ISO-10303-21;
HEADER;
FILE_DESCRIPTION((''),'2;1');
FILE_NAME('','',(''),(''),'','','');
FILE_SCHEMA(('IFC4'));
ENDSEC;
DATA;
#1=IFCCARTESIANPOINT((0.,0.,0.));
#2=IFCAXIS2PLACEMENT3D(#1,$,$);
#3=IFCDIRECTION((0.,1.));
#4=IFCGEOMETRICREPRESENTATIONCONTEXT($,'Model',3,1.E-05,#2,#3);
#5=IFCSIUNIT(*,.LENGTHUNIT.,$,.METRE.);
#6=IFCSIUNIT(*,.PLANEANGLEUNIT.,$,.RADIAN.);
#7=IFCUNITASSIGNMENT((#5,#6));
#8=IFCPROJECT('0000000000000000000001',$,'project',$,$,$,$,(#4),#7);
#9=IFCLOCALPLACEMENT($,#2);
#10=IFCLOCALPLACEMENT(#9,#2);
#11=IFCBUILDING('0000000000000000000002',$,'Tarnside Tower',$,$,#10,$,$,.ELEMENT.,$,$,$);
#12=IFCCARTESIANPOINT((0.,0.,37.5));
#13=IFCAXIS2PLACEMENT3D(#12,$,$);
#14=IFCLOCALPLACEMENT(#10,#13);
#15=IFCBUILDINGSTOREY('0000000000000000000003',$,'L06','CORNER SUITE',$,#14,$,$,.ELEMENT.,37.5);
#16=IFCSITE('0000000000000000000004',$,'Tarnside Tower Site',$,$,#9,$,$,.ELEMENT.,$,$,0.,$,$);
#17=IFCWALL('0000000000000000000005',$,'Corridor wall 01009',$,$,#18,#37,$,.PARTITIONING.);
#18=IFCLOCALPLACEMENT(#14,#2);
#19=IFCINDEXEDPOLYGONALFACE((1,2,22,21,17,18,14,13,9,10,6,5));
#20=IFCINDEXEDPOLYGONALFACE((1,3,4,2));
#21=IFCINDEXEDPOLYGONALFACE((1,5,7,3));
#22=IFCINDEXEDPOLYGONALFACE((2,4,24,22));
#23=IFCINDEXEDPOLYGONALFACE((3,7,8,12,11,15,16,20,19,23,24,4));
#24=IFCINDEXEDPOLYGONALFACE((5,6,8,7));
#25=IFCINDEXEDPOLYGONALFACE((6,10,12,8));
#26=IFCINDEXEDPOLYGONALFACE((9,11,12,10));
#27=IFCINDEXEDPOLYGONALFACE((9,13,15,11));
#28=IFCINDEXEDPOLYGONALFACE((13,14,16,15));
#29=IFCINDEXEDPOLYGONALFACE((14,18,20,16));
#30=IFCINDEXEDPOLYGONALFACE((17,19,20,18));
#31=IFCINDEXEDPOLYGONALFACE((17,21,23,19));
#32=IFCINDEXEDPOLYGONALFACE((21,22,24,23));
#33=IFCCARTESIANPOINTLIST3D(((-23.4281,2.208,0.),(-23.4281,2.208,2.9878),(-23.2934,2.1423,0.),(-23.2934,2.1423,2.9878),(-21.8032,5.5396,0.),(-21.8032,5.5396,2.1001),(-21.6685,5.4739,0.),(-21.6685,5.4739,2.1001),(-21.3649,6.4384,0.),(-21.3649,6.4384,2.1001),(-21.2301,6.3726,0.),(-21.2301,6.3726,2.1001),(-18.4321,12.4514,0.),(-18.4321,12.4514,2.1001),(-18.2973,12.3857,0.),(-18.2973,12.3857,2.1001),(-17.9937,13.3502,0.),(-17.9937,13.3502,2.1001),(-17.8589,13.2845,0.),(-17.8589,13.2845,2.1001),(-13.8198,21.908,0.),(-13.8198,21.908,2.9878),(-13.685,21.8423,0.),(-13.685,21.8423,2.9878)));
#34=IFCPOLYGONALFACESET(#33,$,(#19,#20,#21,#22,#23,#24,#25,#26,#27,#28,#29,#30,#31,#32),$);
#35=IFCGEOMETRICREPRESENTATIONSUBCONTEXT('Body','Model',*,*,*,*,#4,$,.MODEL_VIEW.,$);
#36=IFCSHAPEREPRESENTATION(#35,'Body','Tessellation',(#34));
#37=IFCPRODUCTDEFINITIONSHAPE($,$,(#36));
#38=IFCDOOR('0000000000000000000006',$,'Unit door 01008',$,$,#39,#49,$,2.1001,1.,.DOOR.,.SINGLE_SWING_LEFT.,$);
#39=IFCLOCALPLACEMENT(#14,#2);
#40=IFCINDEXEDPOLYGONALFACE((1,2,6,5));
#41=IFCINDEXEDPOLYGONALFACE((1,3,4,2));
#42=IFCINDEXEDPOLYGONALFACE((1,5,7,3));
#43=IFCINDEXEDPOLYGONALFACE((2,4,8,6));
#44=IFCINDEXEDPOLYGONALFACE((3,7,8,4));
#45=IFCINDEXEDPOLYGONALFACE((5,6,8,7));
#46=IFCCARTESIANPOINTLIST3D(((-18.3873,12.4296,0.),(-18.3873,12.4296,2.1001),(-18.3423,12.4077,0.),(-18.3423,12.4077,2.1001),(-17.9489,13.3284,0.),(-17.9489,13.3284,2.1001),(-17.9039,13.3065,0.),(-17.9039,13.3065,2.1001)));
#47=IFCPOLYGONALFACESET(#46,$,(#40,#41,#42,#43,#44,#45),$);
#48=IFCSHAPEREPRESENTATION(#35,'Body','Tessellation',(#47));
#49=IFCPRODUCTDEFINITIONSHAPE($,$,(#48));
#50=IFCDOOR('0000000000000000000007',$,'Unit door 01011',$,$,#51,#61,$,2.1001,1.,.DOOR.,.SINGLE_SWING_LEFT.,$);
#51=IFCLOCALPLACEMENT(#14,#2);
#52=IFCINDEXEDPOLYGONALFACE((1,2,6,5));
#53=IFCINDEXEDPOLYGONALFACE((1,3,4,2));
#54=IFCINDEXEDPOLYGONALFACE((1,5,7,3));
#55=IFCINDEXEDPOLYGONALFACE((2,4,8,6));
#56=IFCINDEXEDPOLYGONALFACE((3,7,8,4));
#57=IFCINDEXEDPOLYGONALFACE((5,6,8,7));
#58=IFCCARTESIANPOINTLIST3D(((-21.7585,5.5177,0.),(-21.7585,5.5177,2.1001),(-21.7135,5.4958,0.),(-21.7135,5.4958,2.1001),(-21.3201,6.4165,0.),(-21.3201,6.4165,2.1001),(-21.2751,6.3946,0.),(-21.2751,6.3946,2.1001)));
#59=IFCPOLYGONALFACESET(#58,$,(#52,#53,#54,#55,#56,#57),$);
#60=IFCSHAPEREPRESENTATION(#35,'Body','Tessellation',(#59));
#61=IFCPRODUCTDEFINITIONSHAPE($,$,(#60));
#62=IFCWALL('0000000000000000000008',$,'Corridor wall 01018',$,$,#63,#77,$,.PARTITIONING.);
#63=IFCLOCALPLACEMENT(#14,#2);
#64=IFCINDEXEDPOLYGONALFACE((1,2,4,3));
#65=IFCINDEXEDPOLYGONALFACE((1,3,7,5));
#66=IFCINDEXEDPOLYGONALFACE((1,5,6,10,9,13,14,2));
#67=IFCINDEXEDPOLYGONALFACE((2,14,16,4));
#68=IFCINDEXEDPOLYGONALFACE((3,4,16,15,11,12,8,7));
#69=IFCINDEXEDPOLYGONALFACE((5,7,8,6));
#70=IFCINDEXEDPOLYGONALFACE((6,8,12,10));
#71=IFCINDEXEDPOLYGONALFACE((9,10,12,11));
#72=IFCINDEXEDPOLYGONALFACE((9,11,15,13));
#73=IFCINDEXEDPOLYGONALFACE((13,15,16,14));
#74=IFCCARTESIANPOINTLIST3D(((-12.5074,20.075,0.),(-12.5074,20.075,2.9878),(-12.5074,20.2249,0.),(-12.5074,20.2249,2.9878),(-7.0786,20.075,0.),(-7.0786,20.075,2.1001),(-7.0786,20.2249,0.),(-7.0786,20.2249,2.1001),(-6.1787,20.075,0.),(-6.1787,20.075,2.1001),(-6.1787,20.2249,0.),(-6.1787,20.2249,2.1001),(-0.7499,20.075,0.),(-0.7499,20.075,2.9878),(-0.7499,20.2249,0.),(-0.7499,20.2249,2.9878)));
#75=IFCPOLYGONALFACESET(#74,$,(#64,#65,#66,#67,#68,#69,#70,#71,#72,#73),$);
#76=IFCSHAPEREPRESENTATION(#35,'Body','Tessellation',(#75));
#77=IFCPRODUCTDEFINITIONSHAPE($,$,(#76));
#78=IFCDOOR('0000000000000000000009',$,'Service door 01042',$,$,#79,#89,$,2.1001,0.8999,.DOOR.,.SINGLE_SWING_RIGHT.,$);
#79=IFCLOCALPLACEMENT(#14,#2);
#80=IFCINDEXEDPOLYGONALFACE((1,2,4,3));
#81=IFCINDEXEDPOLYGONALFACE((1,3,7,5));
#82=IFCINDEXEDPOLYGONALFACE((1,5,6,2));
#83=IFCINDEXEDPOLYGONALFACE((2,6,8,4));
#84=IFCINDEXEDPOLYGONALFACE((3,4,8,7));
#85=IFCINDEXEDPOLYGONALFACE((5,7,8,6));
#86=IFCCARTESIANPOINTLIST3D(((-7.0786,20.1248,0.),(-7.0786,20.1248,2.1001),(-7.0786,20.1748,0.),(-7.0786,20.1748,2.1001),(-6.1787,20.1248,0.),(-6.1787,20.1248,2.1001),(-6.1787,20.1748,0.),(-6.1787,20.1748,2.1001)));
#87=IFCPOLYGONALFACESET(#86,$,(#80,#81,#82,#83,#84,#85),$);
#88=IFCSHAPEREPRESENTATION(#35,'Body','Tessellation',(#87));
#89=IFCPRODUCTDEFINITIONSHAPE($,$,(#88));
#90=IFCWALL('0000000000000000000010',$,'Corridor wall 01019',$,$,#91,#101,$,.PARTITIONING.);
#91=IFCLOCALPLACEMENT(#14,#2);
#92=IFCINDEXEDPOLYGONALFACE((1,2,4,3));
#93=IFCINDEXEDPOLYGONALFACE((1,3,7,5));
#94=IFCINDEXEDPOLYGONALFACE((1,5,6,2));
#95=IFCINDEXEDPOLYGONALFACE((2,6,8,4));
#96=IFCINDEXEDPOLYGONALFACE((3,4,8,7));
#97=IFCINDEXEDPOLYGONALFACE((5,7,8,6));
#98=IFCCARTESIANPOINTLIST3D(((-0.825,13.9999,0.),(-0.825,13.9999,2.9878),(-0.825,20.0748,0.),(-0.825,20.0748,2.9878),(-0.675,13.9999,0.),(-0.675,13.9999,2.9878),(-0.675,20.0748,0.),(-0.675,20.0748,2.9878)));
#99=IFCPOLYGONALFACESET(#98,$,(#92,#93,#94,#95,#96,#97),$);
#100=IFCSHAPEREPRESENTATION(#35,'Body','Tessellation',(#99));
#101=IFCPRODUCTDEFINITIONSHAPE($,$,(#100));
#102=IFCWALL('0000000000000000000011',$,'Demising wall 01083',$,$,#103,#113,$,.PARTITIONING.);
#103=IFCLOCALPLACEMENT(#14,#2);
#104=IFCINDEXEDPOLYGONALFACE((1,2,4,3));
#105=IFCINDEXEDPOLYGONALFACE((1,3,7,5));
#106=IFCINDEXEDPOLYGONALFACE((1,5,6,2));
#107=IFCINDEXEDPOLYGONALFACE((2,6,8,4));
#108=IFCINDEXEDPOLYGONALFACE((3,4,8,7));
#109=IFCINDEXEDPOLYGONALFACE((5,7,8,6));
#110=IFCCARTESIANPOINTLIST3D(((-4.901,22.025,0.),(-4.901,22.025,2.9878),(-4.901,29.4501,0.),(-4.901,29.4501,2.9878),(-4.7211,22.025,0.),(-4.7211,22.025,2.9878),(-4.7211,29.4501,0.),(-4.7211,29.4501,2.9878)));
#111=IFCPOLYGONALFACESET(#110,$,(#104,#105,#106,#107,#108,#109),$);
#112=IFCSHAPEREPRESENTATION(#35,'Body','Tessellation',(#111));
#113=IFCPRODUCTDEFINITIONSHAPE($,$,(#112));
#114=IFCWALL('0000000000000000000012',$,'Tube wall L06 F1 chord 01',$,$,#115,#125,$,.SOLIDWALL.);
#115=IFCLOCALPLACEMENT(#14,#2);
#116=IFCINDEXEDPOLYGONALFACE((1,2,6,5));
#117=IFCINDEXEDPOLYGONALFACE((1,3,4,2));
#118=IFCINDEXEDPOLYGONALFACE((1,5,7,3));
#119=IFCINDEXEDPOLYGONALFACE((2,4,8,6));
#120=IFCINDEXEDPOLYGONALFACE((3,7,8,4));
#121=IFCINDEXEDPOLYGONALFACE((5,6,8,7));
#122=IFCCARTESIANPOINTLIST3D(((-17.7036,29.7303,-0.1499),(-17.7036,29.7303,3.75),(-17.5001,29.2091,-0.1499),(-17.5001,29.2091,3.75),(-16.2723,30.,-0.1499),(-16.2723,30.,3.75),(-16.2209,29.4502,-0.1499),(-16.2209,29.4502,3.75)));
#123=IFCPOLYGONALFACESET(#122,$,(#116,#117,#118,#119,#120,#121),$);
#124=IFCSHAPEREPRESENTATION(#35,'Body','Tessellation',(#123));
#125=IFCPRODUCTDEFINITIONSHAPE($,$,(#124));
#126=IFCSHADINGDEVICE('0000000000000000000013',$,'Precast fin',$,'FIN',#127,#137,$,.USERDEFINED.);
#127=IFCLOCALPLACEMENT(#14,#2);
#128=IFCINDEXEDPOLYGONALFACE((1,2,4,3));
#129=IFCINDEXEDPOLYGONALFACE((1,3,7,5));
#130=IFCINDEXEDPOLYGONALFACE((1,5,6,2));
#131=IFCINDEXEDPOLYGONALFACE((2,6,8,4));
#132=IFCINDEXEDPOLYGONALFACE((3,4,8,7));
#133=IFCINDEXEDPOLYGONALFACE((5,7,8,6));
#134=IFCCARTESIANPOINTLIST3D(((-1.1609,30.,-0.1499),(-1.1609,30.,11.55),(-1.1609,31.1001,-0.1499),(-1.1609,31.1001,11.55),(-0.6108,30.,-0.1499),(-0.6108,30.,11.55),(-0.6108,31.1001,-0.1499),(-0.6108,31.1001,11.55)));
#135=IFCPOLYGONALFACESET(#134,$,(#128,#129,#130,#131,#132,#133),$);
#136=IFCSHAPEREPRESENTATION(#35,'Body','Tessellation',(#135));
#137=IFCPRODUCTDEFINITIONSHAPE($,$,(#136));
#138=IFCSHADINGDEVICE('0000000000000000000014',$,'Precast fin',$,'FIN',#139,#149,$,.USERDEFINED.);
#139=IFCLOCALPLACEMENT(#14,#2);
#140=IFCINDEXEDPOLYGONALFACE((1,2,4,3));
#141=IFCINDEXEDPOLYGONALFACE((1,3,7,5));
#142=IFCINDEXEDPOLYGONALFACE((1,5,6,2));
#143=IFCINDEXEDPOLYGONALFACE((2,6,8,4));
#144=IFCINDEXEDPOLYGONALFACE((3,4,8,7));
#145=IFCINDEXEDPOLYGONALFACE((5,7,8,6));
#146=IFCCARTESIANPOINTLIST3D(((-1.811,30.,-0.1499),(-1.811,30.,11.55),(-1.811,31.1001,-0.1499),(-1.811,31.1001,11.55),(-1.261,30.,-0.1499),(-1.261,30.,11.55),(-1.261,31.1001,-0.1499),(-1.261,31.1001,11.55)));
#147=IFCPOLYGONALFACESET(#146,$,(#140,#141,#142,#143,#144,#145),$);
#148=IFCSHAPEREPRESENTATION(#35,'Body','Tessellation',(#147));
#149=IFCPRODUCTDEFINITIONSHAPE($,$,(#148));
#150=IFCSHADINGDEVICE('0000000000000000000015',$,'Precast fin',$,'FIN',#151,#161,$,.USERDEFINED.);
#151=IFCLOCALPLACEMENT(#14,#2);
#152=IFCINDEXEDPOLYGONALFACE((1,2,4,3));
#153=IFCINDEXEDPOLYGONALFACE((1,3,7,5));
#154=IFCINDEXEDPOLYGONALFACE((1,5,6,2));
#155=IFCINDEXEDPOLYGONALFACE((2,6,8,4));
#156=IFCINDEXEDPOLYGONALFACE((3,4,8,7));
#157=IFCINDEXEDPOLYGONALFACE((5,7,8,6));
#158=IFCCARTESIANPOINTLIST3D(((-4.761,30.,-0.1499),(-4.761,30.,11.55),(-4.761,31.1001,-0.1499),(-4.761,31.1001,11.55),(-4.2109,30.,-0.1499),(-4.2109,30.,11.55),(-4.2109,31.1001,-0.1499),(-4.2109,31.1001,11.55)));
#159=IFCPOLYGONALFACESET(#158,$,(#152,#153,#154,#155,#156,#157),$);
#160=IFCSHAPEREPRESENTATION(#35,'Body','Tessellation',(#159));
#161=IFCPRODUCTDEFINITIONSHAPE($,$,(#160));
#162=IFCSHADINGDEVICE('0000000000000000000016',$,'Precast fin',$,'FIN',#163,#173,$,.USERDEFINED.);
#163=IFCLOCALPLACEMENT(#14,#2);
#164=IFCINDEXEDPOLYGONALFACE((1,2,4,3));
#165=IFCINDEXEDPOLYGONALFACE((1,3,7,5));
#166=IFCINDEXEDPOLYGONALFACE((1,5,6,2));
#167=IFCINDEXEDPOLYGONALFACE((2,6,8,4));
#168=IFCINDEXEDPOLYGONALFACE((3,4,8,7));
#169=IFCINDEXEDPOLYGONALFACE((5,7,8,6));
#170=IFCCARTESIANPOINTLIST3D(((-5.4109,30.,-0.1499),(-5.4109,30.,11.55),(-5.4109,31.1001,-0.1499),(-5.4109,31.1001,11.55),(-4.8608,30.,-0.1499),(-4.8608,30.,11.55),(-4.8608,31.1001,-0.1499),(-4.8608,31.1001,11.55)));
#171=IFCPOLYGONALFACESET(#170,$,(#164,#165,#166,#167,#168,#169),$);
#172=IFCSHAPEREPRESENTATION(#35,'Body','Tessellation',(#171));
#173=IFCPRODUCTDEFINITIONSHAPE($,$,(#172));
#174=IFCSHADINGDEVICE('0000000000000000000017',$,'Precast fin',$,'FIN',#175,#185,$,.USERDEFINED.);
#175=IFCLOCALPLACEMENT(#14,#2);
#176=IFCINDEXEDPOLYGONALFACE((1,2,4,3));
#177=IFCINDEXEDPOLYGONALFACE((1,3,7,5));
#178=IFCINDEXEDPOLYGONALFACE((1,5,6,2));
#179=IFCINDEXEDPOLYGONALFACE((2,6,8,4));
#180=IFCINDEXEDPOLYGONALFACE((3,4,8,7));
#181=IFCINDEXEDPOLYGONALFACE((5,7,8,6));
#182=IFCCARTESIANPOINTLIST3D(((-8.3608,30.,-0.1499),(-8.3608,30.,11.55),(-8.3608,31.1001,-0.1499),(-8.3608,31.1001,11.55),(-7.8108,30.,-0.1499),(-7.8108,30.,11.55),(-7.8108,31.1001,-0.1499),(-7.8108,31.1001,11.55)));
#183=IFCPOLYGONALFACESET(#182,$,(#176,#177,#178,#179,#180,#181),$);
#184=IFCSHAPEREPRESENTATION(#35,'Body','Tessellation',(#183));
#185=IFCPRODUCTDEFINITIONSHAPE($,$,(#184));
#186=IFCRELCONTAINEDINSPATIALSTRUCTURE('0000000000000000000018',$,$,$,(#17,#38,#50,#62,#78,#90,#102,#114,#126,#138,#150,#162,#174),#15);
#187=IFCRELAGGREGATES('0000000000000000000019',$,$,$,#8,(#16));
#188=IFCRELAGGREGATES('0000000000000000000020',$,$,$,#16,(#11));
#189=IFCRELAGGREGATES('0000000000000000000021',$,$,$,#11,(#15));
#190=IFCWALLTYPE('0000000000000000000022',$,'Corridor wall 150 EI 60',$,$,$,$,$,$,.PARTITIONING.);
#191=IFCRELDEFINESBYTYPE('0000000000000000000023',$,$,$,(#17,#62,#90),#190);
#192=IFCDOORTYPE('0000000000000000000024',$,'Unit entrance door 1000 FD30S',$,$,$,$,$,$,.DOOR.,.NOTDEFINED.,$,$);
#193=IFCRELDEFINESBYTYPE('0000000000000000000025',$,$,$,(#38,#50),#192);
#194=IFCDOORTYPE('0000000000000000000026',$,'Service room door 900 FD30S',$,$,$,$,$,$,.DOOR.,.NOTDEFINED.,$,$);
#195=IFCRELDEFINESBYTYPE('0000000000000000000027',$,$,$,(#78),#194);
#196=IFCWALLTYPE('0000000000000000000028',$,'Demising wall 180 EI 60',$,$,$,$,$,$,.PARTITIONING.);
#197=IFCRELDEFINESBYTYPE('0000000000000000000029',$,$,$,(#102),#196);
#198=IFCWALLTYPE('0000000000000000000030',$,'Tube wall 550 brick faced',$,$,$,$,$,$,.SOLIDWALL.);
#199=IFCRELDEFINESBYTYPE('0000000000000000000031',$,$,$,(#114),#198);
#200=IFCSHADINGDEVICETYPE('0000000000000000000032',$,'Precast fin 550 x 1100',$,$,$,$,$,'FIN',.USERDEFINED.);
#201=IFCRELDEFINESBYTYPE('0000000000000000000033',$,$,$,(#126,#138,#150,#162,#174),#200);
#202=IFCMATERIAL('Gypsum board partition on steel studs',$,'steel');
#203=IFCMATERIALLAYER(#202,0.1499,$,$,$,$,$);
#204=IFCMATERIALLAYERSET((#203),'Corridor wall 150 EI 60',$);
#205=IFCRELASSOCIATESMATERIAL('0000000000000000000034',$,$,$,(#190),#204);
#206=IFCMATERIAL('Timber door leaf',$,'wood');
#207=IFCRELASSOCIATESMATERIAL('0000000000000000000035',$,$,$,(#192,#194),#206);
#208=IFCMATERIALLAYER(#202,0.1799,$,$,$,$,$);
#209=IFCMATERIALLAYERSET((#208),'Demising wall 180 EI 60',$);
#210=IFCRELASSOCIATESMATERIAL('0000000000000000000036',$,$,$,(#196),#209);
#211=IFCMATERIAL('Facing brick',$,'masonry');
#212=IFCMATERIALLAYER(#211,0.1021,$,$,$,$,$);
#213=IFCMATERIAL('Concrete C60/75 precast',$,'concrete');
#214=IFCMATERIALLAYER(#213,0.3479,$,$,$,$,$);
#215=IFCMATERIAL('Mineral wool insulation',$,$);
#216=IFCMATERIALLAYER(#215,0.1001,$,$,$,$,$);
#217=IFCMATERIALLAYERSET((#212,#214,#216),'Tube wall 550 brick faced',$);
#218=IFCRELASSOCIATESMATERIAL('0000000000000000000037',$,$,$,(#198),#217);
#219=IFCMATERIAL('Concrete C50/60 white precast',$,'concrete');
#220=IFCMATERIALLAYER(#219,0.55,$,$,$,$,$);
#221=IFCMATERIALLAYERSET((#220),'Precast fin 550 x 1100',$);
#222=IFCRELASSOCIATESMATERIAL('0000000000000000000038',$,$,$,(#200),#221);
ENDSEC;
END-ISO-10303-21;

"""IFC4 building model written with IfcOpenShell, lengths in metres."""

from ifc_helpers import new_model, si_unit, direction, frame, frame_2d, origin, place, context, subcontext, project, spatial, polyline, rectangle, outline, extrude, material, layer, layer_set, type_object, element, fill, save


model = new_model("IFC4")

# Units and contexts
model_context = context("Model", 3, precision=1e-05, world=origin(), true_north=direction((0.0, 1.0)))
body_context = subcontext(model_context, "Body", "Model", "MODEL_VIEW")
ifc_project = project(units=[si_unit("LENGTHUNIT", "METRE"), si_unit("PLANEANGLEUNIT", "RADIAN")], contexts=[model_context])

# Site, building, storey
site_placement = place(None, origin())
site = spatial("IfcSite", under=ifc_project, at=site_placement, Name="Tarnside Tower Site", CompositionType="ELEMENT", RefElevation=0.0)
building_placement = place(site_placement, origin())
building = spatial("IfcBuilding", under=site, at=building_placement, Name="Tarnside Tower", CompositionType="ELEMENT")
storey_placement = place(building_placement, frame((0.0, 0.0, 37.5)))
storey = spatial("IfcBuildingStorey", under=building, at=storey_placement, Name="L06", Description="CORNER SUITE", CompositionType="ELEMENT", Elevation=37.5)

# Shared definitions
ifc_material_1 = material(Name="Gypsum board partition on steel studs", Category="steel")

# Shared definitions
ifc_material_2 = material(Name="Timber door leaf", Category="wood")

# Wall, openings, doors
ifc_layer_1 = layer(ifc_material_1, 0.1499)
ifc_layer_set_1 = layer_set([ifc_layer_1], Name="Corridor wall 150 EI 60")
wall_type_1 = type_object("IfcWallType", Name="Corridor wall 150 EI 60", PredefinedType="PARTITIONING", material=ifc_layer_set_1)
wall_1_placement = place(storey_placement, frame((-13.7524, 21.875, 0.0), z_axis=(0.0, 0.0, 1.0), x_axis=(-0.438374, -0.898792, 0.0)))
wall_1 = element("IfcWall", 1, at=wall_1_placement, inside=storey, type_object=wall_type_1, Name="Corridor wall 01009", PredefinedType="PARTITIONING", context=body_context, shape_type="SweptSolid", body=[
    extrude(rectangle(XDim=21.9182, YDim=0.1499, at=frame_2d((10.959, 0.0))), origin(), (0.0, 0.0, 1.0), 2.9878),
])
opening_1_placement = place(wall_1_placement, frame((9.5212, 0.0, 0.0)))
opening_1 = element("IfcOpeningElement", 2, at=opening_1_placement, cuts=wall_1, PredefinedType="OPENING", context=body_context, shape_type="SweptSolid", body=[
    extrude(rectangle(XDim=1.0, YDim=2.1001, at=frame_2d((0.5, 1.05))), frame((0.0, 0.085, 0.0), z_axis=(0.0, -1.0, 0.0), x_axis=(1.0, 0.0, 0.0)), (0.0, 0.0, 1.0), 0.1699),
])
opening_2_placement = place(wall_1_placement, frame((17.2114, 0.0, 0.0)))
opening_2 = element("IfcOpeningElement", 3, at=opening_2_placement, cuts=wall_1, PredefinedType="OPENING", context=body_context, shape_type="SweptSolid", body=[
    extrude(rectangle(XDim=1.0, YDim=2.1001, at=frame_2d((0.5, 1.05))), frame((0.0, 0.085, 0.0), z_axis=(0.0, -1.0, 0.0), x_axis=(1.0, 0.0, 0.0)), (0.0, 0.0, 1.0), 0.1699),
])
door_type_1 = type_object("IfcDoorType", Name="Unit entrance door 1000 FD30S", OperationType="NOTDEFINED", PredefinedType="DOOR", material=ifc_material_2)
door_1_placement = place(opening_1_placement, origin())
door_1 = element("IfcDoor", 4, at=door_1_placement, inside=storey, type_object=door_type_1, Name="Unit door 01008", OperationType="SINGLE_SWING_LEFT", OverallHeight=2.1001, OverallWidth=1.0, PredefinedType="DOOR", context=body_context, shape_type="SweptSolid", body=[
    extrude(rectangle(XDim=1.0, YDim=2.1001, at=frame_2d((0.5, 1.05))), frame((0.0, 0.0249, 0.0), z_axis=(0.0, -1.0, 0.0), x_axis=(1.0, 0.0, 0.0)), (0.0, 0.0, 1.0), 0.05),
])
fill(opening_1, door_1)
door_2_placement = place(opening_2_placement, origin())
door_2 = element("IfcDoor", 5, at=door_2_placement, inside=storey, type_object=door_type_1, Name="Unit door 01011", OperationType="SINGLE_SWING_LEFT", OverallHeight=2.1001, OverallWidth=1.0, PredefinedType="DOOR", context=body_context, shape_type="SweptSolid", body=[
    extrude(rectangle(XDim=1.0, YDim=2.1001, at=frame_2d((0.5, 1.05))), frame((0.0, 0.0249, 0.0), z_axis=(0.0, -1.0, 0.0), x_axis=(1.0, 0.0, 0.0)), (0.0, 0.0, 1.0), 0.05),
])
fill(opening_2, door_2)

# Wall, opening, door
wall_2_placement = place(storey_placement, frame((-12.5076, 20.1499, 0.0), z_axis=(0.0, 0.0, 1.0), x_axis=(1.0, 0.0, 0.0)))
wall_2 = element("IfcWall", 6, at=wall_2_placement, inside=storey, type_object=wall_type_1, Name="Corridor wall 01018", PredefinedType="PARTITIONING", context=body_context, shape_type="SweptSolid", body=[
    extrude(rectangle(XDim=11.7576, YDim=0.1499, at=frame_2d((5.8789, 0.0))), origin(), (0.0, 0.0, 1.0), 2.9878),
])
opening_3_placement = place(wall_2_placement, frame((5.429, 0.0, 0.0)))
opening_3 = element("IfcOpeningElement", 7, at=opening_3_placement, cuts=wall_2, PredefinedType="OPENING", context=body_context, shape_type="SweptSolid", body=[
    extrude(rectangle(XDim=0.8999, YDim=2.1001, at=frame_2d((0.45, 1.05))), frame((0.0, 0.085, 0.0), z_axis=(0.0, -1.0, 0.0), x_axis=(1.0, 0.0, 0.0)), (0.0, 0.0, 1.0), 0.1699),
])
door_type_2 = type_object("IfcDoorType", Name="Service room door 900 FD30S", OperationType="NOTDEFINED", PredefinedType="DOOR", material=ifc_material_2)
door_3_placement = place(opening_3_placement, origin())
door_3 = element("IfcDoor", 8, at=door_3_placement, inside=storey, type_object=door_type_2, Name="Service door 01042", OperationType="SINGLE_SWING_RIGHT", OverallHeight=2.1001, OverallWidth=0.8999, PredefinedType="DOOR", context=body_context, shape_type="SweptSolid", body=[
    extrude(rectangle(XDim=0.8999, YDim=2.1001, at=frame_2d((0.45, 1.05))), frame((0.0, 0.0249, 0.0), z_axis=(0.0, -1.0, 0.0), x_axis=(1.0, 0.0, 0.0)), (0.0, 0.0, 1.0), 0.05),
])
fill(opening_3, door_3)

# Walls
wall_3_placement = place(storey_placement, frame((-0.75, 20.075, 0.0), z_axis=(0.0, 0.0, 1.0), x_axis=(0.0, -1.0, 0.0)))
element("IfcWall", 9, at=wall_3_placement, inside=storey, type_object=wall_type_1, Name="Corridor wall 01019", PredefinedType="PARTITIONING", context=body_context, shape_type="SweptSolid", body=[
    extrude(rectangle(XDim=6.075, YDim=0.1499, at=frame_2d((3.0376, 0.0))), origin(), (0.0, 0.0, 1.0), 2.9878),
])
ifc_layer_2 = layer(ifc_material_1, 0.1799)
ifc_layer_set_2 = layer_set([ifc_layer_2], Name="Demising wall 180 EI 60")
wall_type_2 = type_object("IfcWallType", Name="Demising wall 180 EI 60", PredefinedType="PARTITIONING", material=ifc_layer_set_2)
wall_4_placement = place(storey_placement, frame((-4.811, 29.45, 0.0), z_axis=(0.0, 0.0, 1.0), x_axis=(0.0, -1.0, 0.0)))
element("IfcWall", 10, at=wall_4_placement, inside=storey, type_object=wall_type_2, Name="Demising wall 01083", PredefinedType="PARTITIONING", context=body_context, shape_type="SweptSolid", body=[
    extrude(rectangle(XDim=7.425, YDim=0.1799, at=frame_2d((3.7124, 0.0))), origin(), (0.0, 0.0, 1.0), 2.9878),
])
ifc_material_3 = material(Name="Facing brick", Category="masonry")
ifc_layer_3 = layer(ifc_material_3, 0.1021)
ifc_material_4 = material(Name="Concrete C60/75 precast", Category="concrete")
ifc_layer_4 = layer(ifc_material_4, 0.3479)
ifc_material_5 = material(Name="Mineral wool insulation")
ifc_layer_5 = layer(ifc_material_5, 0.1001)
ifc_layer_set_3 = layer_set([ifc_layer_3, ifc_layer_4, ifc_layer_5], Name="Tube wall 550 brick faced")
wall_type_3 = type_object("IfcWallType", Name="Tube wall 550 brick faced", PredefinedType="SOLIDWALL", material=ifc_layer_set_3)
wall_5_placement = place(storey_placement, frame((-16.2466, 29.7251, -0.1499), z_axis=(0.0, 0.0, 1.0), x_axis=(-0.982705, -0.185176, 0.0)))
element("IfcWall", 11, at=wall_5_placement, inside=storey, type_object=wall_type_3, Name="Tube wall L06 F1 chord 01", PredefinedType="SOLIDWALL", context=body_context, shape_type="SweptSolid", body=[
    extrude(outline(polyline([(-0.0256, -0.2749), (1.4309, -0.2749), (1.3274, 0.2749), (0.0256, 0.2749), (-0.0256, -0.2749)])), origin(), (0.0, 0.0, 1.0), 3.8999),
])

# Shading devices
ifc_material_6 = material(Name="Concrete C50/60 white precast", Category="concrete")
ifc_layer_6 = layer(ifc_material_6, 0.55)
ifc_layer_set_4 = layer_set([ifc_layer_6], Name="Precast fin 550 x 1100")
shading_device_type_1 = type_object("IfcShadingDeviceType", Name="Precast fin 550 x 1100", ElementType="FIN", PredefinedType="USERDEFINED", material=ifc_layer_set_4)
for number, where, z_axis, x_axis, name in (
    (12, (-0.886, 30.0, -0.1499), (1.0, 0.0, 0.0), (0.0, 1.0, 0.0), "Precast fin"),
    (13, (-1.5361, 30.0, -0.1499), (1.0, 0.0, 0.0), (0.0, 1.0, 0.0), "Precast fin"),
    (14, (-4.4861, 30.0, -0.1499), (1.0, 0.0, 0.0), (0.0, 1.0, 0.0), "Precast fin"),
    (15, (-5.136, 30.0, -0.1499), (1.0, 0.0, 0.0), (0.0, 1.0, 0.0), "Precast fin"),
    (16, (-8.0859, 30.0, -0.1499), (1.0, 0.0, 0.0), (0.0, 1.0, 0.0), "Precast fin"),
):
    element("IfcShadingDevice", number, at=place(storey_placement, frame(where, z_axis=z_axis, x_axis=x_axis)), inside=storey, type_object=shading_device_type_1, Name=name, ObjectType="FIN", PredefinedType="USERDEFINED", context=body_context, shape_type="SweptSolid", body=[
        extrude(outline(polyline([(0.0, 0.0), (1.1001, 0.0), (1.1001, 11.7), (0.0, 11.7), (0.0, 0.0)])), frame((0.0, 0.0, -0.2749)), (0.0, 0.0, 1.0), 0.55),
    ])

save(model, "model.ifc")
